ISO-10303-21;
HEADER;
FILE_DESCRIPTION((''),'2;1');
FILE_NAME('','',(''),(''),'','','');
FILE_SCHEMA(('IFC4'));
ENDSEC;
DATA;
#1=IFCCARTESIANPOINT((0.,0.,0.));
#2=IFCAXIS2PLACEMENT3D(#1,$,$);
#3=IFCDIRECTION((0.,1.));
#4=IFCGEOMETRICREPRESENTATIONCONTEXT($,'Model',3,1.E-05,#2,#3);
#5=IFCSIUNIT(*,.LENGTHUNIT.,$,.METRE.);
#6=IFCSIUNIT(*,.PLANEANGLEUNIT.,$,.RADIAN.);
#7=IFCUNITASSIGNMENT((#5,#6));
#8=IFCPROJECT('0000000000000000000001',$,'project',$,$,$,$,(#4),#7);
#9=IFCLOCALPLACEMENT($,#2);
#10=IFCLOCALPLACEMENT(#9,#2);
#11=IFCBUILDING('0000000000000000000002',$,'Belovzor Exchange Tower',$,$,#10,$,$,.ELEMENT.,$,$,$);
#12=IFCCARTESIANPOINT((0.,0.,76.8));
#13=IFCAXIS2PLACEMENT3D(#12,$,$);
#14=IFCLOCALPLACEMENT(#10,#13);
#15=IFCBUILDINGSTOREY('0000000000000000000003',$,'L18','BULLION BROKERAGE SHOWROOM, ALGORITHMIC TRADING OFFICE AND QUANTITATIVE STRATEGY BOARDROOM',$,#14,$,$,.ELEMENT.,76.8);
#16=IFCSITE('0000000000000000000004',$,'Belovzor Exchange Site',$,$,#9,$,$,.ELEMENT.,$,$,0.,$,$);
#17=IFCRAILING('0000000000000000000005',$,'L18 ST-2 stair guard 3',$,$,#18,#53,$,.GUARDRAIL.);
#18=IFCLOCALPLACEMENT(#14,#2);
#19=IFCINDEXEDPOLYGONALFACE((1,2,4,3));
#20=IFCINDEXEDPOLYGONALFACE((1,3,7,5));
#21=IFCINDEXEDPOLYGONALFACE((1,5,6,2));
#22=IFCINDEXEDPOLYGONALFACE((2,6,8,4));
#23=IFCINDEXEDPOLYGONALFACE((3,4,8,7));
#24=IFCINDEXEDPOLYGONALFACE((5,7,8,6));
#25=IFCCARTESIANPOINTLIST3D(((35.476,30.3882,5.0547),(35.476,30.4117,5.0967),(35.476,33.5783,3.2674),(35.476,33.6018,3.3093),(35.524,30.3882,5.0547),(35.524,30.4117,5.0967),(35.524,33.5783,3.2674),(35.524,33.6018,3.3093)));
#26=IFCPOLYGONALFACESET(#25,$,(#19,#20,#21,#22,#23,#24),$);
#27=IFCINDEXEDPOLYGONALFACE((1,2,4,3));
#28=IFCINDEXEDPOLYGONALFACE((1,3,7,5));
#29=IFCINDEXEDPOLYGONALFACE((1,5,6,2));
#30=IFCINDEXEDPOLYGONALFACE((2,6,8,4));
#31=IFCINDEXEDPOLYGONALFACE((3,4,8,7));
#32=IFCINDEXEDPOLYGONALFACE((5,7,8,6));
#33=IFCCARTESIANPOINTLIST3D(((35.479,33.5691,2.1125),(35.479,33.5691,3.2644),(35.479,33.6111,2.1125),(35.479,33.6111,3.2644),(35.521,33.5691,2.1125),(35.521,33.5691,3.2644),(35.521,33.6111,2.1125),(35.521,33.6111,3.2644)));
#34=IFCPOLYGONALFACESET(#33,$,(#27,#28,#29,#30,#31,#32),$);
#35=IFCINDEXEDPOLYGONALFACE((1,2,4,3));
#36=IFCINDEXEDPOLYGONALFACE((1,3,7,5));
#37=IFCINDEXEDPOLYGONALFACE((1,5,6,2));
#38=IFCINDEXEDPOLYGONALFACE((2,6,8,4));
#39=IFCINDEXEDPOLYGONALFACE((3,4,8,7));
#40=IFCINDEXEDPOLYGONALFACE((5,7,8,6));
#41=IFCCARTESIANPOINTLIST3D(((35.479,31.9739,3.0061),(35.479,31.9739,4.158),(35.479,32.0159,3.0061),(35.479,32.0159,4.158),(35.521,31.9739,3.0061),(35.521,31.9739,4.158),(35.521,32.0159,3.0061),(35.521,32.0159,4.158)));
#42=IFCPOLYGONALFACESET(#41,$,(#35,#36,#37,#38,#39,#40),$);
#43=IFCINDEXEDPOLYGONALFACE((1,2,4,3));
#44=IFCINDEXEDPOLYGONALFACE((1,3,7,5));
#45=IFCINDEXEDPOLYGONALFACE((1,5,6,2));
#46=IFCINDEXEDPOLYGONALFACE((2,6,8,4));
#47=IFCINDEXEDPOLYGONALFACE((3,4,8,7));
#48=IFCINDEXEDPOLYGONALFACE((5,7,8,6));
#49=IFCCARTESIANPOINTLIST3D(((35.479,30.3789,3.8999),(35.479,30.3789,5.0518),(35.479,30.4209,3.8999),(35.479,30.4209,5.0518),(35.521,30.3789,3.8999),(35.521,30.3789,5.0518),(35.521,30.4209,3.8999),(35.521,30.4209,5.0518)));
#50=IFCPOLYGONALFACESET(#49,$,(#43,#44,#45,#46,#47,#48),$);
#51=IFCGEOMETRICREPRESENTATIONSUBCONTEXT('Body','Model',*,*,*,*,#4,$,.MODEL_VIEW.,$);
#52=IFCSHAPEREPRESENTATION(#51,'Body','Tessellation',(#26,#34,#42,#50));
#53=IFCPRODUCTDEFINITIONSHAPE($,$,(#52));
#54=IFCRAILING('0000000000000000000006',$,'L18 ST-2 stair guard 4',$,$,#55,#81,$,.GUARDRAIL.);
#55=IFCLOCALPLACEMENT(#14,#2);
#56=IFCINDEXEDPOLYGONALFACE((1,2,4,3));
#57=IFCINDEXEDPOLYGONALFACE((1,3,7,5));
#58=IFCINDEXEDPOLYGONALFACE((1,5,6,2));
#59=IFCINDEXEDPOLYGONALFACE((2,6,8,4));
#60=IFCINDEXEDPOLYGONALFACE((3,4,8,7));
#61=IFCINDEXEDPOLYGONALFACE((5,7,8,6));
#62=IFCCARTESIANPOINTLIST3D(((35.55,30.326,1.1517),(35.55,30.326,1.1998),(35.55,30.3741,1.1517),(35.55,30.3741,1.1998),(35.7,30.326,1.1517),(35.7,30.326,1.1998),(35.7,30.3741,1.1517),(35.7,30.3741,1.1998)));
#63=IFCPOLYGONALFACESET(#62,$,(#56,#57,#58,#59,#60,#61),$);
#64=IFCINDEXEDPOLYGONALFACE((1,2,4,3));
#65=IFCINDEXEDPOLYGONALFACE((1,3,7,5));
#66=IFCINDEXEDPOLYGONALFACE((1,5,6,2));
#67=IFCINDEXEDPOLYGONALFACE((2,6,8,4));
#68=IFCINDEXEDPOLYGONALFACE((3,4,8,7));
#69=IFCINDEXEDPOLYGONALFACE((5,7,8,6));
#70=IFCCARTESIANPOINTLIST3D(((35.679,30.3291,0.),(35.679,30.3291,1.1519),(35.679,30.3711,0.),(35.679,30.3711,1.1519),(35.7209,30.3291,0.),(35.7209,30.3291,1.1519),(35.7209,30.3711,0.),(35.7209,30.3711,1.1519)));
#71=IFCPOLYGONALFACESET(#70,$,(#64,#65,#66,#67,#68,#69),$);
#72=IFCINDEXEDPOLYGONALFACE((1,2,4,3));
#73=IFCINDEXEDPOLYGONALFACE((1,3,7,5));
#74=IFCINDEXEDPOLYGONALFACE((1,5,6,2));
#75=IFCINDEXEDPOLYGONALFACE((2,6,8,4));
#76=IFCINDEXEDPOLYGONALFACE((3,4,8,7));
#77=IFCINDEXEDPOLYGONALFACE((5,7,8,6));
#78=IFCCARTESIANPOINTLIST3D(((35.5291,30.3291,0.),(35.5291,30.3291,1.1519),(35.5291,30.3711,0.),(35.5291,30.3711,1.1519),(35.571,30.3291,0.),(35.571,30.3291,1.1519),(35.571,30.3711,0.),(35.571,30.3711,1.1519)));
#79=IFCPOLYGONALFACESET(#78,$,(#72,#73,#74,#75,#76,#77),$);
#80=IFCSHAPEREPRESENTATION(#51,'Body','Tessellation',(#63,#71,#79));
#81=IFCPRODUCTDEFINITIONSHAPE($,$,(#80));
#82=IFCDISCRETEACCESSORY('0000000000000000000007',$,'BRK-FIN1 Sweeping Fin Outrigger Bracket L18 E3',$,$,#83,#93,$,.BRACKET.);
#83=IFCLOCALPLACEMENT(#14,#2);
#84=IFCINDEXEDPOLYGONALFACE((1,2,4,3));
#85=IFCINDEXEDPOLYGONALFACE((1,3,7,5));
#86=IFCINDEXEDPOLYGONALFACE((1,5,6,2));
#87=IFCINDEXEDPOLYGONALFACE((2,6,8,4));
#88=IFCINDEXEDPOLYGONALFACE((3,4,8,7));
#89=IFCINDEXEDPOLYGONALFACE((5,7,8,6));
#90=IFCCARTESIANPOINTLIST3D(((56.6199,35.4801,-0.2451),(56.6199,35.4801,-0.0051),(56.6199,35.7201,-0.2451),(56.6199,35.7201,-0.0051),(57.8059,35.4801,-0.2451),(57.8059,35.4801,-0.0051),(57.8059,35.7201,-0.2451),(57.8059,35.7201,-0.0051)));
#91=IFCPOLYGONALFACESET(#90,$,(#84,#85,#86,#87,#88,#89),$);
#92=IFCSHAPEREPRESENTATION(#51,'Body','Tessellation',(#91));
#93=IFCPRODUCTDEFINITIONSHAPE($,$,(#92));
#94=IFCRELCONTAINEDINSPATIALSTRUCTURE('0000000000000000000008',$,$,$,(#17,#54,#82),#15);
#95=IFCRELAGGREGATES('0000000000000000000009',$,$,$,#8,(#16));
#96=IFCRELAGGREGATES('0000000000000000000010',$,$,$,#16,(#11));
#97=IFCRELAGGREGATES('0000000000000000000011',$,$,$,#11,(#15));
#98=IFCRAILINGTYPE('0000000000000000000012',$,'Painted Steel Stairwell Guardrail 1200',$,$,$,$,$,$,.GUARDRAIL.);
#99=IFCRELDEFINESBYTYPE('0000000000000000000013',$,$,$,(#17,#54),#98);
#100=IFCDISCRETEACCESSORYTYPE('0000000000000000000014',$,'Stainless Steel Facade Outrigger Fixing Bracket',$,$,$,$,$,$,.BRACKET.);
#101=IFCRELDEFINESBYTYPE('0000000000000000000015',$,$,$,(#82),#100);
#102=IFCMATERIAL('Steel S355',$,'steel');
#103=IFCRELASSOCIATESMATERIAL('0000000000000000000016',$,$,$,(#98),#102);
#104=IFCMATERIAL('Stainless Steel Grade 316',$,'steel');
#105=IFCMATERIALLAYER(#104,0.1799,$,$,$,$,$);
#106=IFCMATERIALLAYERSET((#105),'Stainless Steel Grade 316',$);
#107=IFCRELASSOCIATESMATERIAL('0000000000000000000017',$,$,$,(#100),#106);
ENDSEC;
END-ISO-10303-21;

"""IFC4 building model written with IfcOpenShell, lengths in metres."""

from ifc_helpers import new_model, si_unit, direction, frame, origin, origin_2d, place, context, subcontext, project, spatial, rectangle, extrude, material, layer, layer_set, type_object, element, save


model = new_model("IFC4")

# Units and contexts
model_context = context("Model", 3, precision=1e-05, world=origin(), true_north=direction((0.0, 1.0)))
body_context = subcontext(model_context, "Body", "Model", "MODEL_VIEW")
ifc_project = project(units=[si_unit("LENGTHUNIT", "METRE"), si_unit("PLANEANGLEUNIT", "RADIAN")], contexts=[model_context])

# Site, building, storey
site_placement = place(None, origin())
site = spatial("IfcSite", under=ifc_project, at=site_placement, Name="Belovzor Exchange Site", CompositionType="ELEMENT", RefElevation=0.0)
building_placement = place(site_placement, origin())
building = spatial("IfcBuilding", under=site, at=building_placement, Name="Belovzor Exchange Tower", CompositionType="ELEMENT")
storey_placement = place(building_placement, frame((0.0, 0.0, 76.8)))
storey = spatial("IfcBuildingStorey", under=building, at=storey_placement, Name="L18", Description="BULLION BROKERAGE SHOWROOM, ALGORITHMIC TRADING OFFICE AND QUANTITATIVE STRATEGY BOARDROOM", CompositionType="ELEMENT", Elevation=76.8)

# Railings
ifc_material_1 = material(Name="Steel S355", Category="steel")
railing_type_1 = type_object("IfcRailingType", Name="Painted Steel Stairwell Guardrail 1200", PredefinedType="GUARDRAIL", material=ifc_material_1)
railing_1_placement = place(storey_placement, frame((35.5, 33.5901, 2.1125)))
element("IfcRailing", 1, at=railing_1_placement, inside=storey, type_object=railing_type_1, Name="L18 ST-2 stair guard 3", PredefinedType="GUARDRAIL", context=body_context, shape_type="SweptSolid", body=[
    extrude(rectangle(XDim=0.0481, YDim=0.0481, at=origin_2d()), frame((0.0, 0.0, 1.1758), z_axis=(0.0, -0.872407, 0.48878), x_axis=(1.0, 0.0, 0.0)), (0.0, 0.0, 1.0), 3.6567),
    extrude(rectangle(XDim=0.042, YDim=0.042, at=origin_2d()), origin(), (0.0, 0.0, 1.0), 1.1519),
    extrude(rectangle(XDim=0.042, YDim=0.042, at=origin_2d()), frame((0.0, -1.5952, 0.8936)), (0.0, 0.0, 1.0), 1.1519),
    extrude(rectangle(XDim=0.042, YDim=0.042, at=origin_2d()), frame((0.0, -3.1902, 1.7874)), (0.0, 0.0, 1.0), 1.1519),
])
railing_2_placement = place(storey_placement, frame((35.7, 30.3501, 0.0)))
element("IfcRailing", 2, at=railing_2_placement, inside=storey, type_object=railing_type_1, Name="L18 ST-2 stair guard 4", PredefinedType="GUARDRAIL", context=body_context, shape_type="SweptSolid", body=[
    extrude(rectangle(XDim=0.0481, YDim=0.0481, at=origin_2d()), frame((0.0, 0.0, 1.1758), z_axis=(-1.0, 0.0, 0.0), x_axis=(0.0, -1.0, 0.0)), (0.0, 0.0, 1.0), 0.1499),
    extrude(rectangle(XDim=0.042, YDim=0.042, at=origin_2d()), origin(), (0.0, 0.0, 1.0), 1.1519),
    extrude(rectangle(XDim=0.042, YDim=0.042, at=origin_2d()), frame((-0.1499, 0.0, 0.0)), (0.0, 0.0, 1.0), 1.1519),
])

# Discrete accessory
ifc_material_2 = material(Name="Stainless Steel Grade 316", Category="steel")
ifc_layer_1 = layer(ifc_material_2, 0.1799)
ifc_layer_set_1 = layer_set([ifc_layer_1], Name="Stainless Steel Grade 316")
discrete_accessory_type = type_object("IfcDiscreteAccessoryType", Name="Stainless Steel Facade Outrigger Fixing Bracket", PredefinedType="BRACKET", material=ifc_layer_set_1)
discrete_accessory_placement = place(storey_placement, frame((57.2129, 35.6001, -0.2451), z_axis=(0.0, 0.0, 1.0), x_axis=(1.0, 0.0, 0.0)))
element("IfcDiscreteAccessory", 3, at=discrete_accessory_placement, inside=storey, type_object=discrete_accessory_type, Name="BRK-FIN1 Sweeping Fin Outrigger Bracket L18 E3", PredefinedType="BRACKET", context=body_context, shape_type="SweptSolid", body=[
    extrude(rectangle(XDim=1.186, YDim=0.24, at=origin_2d()), origin(), (0.0, 0.0, 1.0), 0.24),
])

save(model, "model.ifc")
